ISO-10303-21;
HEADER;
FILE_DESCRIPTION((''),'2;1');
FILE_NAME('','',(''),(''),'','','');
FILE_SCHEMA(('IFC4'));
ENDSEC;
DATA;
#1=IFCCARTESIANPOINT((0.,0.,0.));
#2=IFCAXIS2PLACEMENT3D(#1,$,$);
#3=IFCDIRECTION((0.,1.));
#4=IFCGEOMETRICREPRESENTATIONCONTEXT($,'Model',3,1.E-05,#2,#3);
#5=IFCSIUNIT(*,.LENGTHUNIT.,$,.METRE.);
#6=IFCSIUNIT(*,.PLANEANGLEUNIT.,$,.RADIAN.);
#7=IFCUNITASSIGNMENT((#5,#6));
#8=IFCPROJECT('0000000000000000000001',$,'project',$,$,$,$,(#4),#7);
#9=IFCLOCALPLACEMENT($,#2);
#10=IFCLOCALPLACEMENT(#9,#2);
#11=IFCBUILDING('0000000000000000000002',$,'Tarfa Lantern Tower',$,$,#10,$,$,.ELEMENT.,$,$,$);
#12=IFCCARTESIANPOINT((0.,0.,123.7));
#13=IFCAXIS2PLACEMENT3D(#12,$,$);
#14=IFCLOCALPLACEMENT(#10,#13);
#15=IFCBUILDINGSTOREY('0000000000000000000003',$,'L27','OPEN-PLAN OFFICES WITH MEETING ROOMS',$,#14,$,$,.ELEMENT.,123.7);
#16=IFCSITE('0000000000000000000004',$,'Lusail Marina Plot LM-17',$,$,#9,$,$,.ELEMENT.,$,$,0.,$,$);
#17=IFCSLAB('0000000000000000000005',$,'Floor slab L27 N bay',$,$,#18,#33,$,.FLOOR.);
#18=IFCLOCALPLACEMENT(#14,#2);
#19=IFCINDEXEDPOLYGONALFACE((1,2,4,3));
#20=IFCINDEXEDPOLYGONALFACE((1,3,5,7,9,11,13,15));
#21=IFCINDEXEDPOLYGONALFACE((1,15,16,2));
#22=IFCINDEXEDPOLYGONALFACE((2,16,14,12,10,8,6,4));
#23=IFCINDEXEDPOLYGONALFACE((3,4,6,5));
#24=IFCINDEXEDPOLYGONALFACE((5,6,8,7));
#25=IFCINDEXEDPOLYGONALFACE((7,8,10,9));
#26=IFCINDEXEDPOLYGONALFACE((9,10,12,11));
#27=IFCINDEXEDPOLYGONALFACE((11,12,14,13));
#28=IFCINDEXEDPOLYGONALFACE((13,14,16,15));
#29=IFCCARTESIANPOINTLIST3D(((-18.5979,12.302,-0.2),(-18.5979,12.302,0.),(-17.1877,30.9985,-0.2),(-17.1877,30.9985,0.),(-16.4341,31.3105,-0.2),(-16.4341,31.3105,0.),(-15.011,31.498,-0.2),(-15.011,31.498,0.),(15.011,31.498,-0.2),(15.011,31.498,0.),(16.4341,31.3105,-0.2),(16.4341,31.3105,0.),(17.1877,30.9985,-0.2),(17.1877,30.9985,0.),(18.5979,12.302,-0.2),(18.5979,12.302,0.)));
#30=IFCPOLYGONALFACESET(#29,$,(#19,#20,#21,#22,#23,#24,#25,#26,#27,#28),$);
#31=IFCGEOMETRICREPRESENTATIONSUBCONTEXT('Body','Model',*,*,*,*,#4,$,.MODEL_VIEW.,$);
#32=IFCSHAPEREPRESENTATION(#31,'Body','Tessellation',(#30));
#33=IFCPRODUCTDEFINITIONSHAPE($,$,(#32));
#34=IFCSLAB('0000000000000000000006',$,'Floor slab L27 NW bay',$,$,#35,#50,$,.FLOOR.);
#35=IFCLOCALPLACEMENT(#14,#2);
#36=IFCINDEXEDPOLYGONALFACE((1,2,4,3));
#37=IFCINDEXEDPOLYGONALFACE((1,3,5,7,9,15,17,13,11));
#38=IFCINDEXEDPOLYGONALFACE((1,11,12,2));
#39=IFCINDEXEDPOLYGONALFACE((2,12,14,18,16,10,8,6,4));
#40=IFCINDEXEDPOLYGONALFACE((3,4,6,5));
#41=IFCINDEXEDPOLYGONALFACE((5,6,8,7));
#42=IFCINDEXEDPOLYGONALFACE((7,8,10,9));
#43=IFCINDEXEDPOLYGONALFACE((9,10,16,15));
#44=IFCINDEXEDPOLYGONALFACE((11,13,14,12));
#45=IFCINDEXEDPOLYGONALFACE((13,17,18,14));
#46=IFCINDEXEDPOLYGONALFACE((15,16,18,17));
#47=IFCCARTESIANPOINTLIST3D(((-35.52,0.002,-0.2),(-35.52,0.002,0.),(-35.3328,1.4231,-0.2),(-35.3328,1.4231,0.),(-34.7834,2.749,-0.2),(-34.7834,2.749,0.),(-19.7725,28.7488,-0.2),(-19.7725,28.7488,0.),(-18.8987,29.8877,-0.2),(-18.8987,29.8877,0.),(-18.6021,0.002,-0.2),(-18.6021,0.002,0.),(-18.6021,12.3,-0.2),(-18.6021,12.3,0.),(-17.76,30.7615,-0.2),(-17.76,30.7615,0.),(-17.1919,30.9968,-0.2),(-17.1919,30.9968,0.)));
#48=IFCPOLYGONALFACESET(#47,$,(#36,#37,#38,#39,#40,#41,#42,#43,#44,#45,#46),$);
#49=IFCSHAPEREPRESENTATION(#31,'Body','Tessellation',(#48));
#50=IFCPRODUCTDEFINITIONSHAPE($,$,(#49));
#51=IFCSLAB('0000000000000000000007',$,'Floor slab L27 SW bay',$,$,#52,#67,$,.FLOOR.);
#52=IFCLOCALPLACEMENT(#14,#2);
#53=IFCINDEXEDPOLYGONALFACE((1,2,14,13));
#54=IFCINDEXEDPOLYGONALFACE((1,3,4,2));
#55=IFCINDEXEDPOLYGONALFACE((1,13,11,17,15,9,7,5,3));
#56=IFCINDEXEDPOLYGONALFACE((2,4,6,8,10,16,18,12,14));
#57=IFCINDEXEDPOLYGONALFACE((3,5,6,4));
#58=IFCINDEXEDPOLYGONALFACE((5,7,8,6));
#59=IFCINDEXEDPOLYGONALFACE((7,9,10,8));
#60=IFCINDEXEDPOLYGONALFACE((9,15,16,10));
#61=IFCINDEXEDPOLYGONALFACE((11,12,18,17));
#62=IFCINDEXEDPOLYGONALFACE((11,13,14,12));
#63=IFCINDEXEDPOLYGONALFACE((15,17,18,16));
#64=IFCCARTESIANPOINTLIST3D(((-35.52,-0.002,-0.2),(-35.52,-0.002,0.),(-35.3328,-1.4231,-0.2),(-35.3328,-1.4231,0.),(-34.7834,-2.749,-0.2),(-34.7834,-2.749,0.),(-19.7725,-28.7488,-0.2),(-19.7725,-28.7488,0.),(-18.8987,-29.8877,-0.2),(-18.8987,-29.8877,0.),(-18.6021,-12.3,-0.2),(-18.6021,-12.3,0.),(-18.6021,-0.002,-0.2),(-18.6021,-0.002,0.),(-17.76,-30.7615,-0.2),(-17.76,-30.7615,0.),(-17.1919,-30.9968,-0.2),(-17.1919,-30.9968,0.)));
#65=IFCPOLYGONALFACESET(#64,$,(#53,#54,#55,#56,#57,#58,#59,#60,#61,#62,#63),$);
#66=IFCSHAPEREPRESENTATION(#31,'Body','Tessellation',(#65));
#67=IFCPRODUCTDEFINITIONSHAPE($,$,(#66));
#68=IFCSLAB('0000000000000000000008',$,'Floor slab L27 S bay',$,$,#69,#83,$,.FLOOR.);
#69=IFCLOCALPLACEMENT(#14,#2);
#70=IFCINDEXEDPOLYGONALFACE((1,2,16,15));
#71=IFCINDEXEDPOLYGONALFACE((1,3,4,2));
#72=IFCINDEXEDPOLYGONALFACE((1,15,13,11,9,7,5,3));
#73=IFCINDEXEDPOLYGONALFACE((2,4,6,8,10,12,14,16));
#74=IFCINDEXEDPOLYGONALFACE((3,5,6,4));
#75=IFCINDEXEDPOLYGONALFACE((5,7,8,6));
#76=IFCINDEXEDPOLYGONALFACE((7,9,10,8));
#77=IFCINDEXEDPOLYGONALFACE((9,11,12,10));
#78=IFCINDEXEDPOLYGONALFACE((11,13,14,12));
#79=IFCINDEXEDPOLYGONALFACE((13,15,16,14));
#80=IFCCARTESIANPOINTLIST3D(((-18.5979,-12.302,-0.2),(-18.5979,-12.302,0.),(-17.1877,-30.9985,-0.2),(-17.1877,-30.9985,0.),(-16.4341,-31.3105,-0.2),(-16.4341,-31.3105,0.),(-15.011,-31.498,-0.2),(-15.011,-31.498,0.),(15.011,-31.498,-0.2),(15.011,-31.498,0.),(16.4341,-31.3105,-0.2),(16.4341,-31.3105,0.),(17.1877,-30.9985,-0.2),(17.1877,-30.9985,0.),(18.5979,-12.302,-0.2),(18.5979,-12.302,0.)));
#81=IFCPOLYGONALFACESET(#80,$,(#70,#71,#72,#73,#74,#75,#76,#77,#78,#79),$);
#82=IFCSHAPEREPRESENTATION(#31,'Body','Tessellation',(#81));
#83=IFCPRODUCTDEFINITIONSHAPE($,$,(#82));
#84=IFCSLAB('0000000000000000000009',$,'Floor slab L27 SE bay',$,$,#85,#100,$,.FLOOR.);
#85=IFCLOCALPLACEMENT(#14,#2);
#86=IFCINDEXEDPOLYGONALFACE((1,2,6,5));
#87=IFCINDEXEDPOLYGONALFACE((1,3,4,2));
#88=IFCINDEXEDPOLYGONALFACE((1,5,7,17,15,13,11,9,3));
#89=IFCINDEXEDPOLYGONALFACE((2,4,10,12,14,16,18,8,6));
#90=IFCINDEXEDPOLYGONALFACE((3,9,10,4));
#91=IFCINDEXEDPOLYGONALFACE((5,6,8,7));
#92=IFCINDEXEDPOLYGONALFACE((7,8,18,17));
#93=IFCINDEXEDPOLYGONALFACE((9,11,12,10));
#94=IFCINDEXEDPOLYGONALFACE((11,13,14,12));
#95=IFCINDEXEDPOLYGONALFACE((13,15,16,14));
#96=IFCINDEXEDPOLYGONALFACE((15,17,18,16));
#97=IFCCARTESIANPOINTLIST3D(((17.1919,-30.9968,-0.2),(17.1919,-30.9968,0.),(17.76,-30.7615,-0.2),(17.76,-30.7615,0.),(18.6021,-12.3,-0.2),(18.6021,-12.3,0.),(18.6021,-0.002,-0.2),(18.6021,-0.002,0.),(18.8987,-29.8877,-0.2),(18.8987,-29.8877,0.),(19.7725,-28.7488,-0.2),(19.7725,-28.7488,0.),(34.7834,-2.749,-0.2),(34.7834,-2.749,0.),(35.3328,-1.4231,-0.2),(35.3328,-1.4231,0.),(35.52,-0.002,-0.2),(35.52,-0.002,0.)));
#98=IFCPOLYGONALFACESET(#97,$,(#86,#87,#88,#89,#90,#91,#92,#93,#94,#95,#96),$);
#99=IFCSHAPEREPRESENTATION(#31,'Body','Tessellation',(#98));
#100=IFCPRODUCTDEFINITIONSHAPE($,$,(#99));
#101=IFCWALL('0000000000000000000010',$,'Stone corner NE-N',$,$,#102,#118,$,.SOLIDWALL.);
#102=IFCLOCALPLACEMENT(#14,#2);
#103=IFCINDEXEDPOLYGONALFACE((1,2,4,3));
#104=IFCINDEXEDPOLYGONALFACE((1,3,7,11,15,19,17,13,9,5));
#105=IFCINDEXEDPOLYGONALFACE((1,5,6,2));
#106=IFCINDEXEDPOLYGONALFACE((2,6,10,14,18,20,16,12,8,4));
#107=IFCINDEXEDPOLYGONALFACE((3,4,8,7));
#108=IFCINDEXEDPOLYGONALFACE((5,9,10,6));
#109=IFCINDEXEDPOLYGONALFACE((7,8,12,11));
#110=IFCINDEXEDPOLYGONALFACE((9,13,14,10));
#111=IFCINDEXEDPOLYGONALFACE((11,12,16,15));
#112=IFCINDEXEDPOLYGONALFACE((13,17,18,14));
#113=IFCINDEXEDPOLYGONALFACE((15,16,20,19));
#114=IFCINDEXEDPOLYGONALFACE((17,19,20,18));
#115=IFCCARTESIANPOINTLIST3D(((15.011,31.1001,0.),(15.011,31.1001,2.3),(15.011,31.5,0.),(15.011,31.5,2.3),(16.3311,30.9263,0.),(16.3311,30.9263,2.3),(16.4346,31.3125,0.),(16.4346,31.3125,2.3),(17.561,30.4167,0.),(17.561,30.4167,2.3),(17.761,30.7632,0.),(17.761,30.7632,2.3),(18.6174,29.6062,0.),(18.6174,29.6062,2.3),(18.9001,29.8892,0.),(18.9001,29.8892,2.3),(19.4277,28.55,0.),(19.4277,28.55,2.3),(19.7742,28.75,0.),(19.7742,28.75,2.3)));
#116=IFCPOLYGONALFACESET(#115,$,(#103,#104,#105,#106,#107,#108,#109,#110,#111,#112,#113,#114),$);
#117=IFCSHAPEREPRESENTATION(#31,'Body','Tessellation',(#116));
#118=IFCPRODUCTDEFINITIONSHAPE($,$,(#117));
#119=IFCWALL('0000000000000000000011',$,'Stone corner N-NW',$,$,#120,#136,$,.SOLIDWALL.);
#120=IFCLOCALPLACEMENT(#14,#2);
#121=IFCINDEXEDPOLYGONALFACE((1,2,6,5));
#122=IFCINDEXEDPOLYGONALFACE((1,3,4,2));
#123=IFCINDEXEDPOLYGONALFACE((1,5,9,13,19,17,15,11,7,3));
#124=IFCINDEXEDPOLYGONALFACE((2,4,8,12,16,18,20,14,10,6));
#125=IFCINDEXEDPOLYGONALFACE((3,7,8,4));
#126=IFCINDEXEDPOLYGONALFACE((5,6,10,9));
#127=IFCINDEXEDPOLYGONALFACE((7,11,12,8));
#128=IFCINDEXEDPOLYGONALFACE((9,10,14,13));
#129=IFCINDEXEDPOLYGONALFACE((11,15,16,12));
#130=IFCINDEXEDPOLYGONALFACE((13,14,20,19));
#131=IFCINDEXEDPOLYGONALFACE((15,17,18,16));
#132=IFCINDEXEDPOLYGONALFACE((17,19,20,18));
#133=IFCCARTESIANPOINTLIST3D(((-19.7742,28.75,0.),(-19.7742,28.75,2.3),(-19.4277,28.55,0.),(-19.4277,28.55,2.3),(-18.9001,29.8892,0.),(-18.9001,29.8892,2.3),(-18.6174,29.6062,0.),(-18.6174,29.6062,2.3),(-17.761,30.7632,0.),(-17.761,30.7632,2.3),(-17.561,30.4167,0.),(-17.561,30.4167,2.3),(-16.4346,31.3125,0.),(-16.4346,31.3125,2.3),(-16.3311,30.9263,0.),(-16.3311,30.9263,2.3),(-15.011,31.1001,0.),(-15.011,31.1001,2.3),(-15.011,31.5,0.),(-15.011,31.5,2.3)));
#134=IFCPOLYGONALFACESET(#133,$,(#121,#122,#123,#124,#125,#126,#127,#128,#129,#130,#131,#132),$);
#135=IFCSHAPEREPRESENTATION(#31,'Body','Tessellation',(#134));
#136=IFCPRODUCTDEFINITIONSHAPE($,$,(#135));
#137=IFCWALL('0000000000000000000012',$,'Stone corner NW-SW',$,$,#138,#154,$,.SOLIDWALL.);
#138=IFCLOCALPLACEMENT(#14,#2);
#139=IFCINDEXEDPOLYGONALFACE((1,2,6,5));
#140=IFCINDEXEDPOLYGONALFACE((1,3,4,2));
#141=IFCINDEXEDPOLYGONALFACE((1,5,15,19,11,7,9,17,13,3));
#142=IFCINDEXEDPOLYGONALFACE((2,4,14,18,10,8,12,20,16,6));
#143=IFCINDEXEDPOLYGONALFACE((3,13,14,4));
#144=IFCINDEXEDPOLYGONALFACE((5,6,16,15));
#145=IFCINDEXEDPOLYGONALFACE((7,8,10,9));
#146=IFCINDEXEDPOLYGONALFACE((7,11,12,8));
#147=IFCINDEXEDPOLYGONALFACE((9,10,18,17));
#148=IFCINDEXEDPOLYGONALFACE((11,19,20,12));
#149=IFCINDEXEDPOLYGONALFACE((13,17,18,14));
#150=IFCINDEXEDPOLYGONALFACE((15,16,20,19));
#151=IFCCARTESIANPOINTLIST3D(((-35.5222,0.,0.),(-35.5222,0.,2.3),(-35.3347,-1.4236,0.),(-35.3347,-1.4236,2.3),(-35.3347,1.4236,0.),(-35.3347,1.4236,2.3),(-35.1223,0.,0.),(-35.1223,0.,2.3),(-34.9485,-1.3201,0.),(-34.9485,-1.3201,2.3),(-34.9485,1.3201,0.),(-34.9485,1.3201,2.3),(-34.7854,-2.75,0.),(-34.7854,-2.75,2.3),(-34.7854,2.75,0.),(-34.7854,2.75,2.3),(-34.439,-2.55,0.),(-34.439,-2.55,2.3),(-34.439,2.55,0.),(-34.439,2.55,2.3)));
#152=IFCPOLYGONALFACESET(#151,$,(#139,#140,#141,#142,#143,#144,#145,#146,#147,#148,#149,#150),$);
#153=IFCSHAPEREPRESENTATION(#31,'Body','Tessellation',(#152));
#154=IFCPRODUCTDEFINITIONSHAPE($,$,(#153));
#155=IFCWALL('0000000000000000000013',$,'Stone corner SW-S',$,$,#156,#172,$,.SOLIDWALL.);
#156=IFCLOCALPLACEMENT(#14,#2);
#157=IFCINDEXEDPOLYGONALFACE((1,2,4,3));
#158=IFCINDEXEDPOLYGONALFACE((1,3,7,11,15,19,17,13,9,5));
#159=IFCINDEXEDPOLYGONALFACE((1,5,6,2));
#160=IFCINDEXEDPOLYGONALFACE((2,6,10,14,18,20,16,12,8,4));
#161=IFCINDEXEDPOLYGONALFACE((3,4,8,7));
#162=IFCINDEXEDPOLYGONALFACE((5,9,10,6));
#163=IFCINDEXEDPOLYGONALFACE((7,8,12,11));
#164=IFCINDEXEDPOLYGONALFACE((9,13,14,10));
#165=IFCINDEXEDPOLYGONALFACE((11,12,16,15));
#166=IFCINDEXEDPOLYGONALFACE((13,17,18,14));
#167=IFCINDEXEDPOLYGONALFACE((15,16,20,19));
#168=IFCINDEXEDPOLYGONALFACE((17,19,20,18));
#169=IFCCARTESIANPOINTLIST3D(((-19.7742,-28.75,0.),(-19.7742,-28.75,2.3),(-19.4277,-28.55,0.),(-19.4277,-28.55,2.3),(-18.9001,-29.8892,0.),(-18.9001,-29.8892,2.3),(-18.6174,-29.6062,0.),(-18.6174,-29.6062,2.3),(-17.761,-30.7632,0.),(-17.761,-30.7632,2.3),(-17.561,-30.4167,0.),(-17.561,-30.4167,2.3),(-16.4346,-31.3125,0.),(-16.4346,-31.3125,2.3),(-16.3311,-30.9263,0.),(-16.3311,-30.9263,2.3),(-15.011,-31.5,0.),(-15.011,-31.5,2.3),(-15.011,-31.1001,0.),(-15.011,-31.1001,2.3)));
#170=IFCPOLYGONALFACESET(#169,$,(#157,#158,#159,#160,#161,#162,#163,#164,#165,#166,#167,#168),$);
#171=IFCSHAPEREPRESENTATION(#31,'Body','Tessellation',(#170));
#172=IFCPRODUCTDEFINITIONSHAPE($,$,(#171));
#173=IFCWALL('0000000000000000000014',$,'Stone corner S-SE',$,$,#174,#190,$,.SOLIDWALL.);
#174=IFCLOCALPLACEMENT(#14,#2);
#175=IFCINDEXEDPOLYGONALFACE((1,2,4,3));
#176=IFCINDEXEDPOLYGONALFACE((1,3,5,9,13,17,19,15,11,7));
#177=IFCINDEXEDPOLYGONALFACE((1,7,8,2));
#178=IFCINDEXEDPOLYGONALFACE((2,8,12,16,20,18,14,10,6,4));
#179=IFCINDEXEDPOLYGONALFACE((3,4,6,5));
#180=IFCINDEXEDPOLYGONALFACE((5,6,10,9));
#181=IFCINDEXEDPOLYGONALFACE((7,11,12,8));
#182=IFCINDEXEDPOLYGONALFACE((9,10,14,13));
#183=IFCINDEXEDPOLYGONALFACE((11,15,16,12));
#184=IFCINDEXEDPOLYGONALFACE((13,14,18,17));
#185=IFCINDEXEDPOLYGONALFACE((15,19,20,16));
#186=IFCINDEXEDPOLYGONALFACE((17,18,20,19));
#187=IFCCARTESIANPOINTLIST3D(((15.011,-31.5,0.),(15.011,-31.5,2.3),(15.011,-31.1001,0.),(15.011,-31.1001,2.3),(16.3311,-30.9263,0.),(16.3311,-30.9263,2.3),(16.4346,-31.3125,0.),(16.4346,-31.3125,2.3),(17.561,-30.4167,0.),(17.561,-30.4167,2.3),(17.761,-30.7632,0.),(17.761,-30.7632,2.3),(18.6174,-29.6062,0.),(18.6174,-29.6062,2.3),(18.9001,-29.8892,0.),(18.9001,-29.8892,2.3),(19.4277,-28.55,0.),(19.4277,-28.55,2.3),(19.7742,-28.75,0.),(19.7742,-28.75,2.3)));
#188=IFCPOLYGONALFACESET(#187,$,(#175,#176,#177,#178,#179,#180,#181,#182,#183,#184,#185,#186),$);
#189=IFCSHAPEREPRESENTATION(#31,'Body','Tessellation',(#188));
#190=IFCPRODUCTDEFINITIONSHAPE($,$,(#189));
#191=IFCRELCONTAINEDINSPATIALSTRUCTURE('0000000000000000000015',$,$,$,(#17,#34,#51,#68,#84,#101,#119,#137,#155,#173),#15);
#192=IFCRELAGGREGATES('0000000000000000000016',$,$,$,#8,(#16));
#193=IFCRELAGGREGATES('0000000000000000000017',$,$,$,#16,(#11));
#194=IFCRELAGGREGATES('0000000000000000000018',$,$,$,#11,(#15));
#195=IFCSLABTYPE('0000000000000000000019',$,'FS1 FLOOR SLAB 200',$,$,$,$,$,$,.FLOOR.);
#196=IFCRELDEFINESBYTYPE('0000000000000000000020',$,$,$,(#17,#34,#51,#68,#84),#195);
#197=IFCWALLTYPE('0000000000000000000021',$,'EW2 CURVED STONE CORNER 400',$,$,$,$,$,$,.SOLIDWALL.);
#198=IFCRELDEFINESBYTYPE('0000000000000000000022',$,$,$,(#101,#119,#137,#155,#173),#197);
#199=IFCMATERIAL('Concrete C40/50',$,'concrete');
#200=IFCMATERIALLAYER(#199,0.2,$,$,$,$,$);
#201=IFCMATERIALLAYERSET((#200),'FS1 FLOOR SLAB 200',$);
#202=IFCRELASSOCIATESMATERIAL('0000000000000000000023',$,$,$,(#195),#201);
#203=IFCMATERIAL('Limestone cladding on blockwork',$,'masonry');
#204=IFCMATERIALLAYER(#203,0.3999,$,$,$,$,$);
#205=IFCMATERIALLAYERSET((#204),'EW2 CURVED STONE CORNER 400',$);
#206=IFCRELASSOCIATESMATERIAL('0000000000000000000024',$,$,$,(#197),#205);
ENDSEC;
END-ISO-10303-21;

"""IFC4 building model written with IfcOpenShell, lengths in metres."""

from ifc_helpers import new_model, si_unit, direction, frame, origin, place, context, subcontext, project, spatial, polyline, outline, extrude, material, layer, layer_set, type_object, element, save


model = new_model("IFC4")

# Units and contexts
model_context = context("Model", 3, precision=1e-05, world=origin(), true_north=direction((0.0, 1.0)))
body_context = subcontext(model_context, "Body", "Model", "MODEL_VIEW")
ifc_project = project(units=[si_unit("LENGTHUNIT", "METRE"), si_unit("PLANEANGLEUNIT", "RADIAN")], contexts=[model_context])

# Site, building, storey
site_placement = place(None, origin())
site = spatial("IfcSite", under=ifc_project, at=site_placement, Name="Lusail Marina Plot LM-17", CompositionType="ELEMENT", RefElevation=0.0)
building_placement = place(site_placement, origin())
building = spatial("IfcBuilding", under=site, at=building_placement, Name="Tarfa Lantern Tower", CompositionType="ELEMENT")
storey_placement = place(building_placement, frame((0.0, 0.0, 123.7)))
storey = spatial("IfcBuildingStorey", under=building, at=storey_placement, Name="L27", Description="OPEN-PLAN OFFICES WITH MEETING ROOMS", CompositionType="ELEMENT", Elevation=123.7)

# Slabs
ifc_material_1 = material(Name="Concrete C40/50", Category="concrete")
ifc_layer_1 = layer(ifc_material_1, 0.2)
ifc_layer_set_1 = layer_set([ifc_layer_1], Name="FS1 FLOOR SLAB 200")
slab_type_1 = type_object("IfcSlabType", Name="FS1 FLOOR SLAB 200", PredefinedType="FLOOR", material=ifc_layer_set_1)
slab_1_placement = place(storey_placement, frame((0.0, 0.0, -0.2)))
element("IfcSlab", 1, at=slab_1_placement, inside=storey, type_object=slab_type_1, Name="Floor slab L27 N bay", PredefinedType="FLOOR", context=body_context, shape_type="SweptSolid", body=[
    extrude(outline(polyline([(-18.5979, 12.302), (18.5979, 12.302), (17.1877, 30.9985), (16.4341, 31.3105), (15.011, 31.498), (-15.011, 31.498), (-16.4341, 31.3105), (-17.1877, 30.9985), (-18.5979, 12.302)])), origin(), (0.0, 0.0, 1.0), 0.2),
])
slab_2_placement = place(storey_placement, frame((0.0, 0.0, -0.2)))
element("IfcSlab", 2, at=slab_2_placement, inside=storey, type_object=slab_type_1, Name="Floor slab L27 NW bay", PredefinedType="FLOOR", context=body_context, shape_type="SweptSolid", body=[
    extrude(outline(polyline([(-18.6021, 0.002), (-18.6021, 12.3), (-17.1919, 30.9968), (-17.76, 30.7615), (-18.8987, 29.8877), (-19.7725, 28.7488), (-34.7834, 2.749), (-35.3328, 1.4231), (-35.52, 0.002), (-18.6021, 0.002)])), origin(), (0.0, 0.0, 1.0), 0.2),
])
slab_3_placement = place(storey_placement, frame((0.0, 0.0, -0.2)))
element("IfcSlab", 3, at=slab_3_placement, inside=storey, type_object=slab_type_1, Name="Floor slab L27 SW bay", PredefinedType="FLOOR", context=body_context, shape_type="SweptSolid", body=[
    extrude(outline(polyline([(-18.6021, -12.3), (-18.6021, -0.002), (-35.52, -0.002), (-35.3328, -1.4231), (-34.7834, -2.749), (-19.7725, -28.7488), (-18.8987, -29.8877), (-17.76, -30.7615), (-17.1919, -30.9968), (-18.6021, -12.3)])), origin(), (0.0, 0.0, 1.0), 0.2),
])
slab_4_placement = place(storey_placement, frame((0.0, 0.0, -0.2)))
element("IfcSlab", 4, at=slab_4_placement, inside=storey, type_object=slab_type_1, Name="Floor slab L27 S bay", PredefinedType="FLOOR", context=body_context, shape_type="SweptSolid", body=[
    extrude(outline(polyline([(18.5979, -12.302), (-18.5979, -12.302), (-17.1877, -30.9985), (-16.4341, -31.3105), (-15.011, -31.498), (15.011, -31.498), (16.4341, -31.3105), (17.1877, -30.9985), (18.5979, -12.302)])), origin(), (0.0, 0.0, 1.0), 0.2),
])
slab_5_placement = place(storey_placement, frame((0.0, 0.0, -0.2)))
element("IfcSlab", 5, at=slab_5_placement, inside=storey, type_object=slab_type_1, Name="Floor slab L27 SE bay", PredefinedType="FLOOR", context=body_context, shape_type="SweptSolid", body=[
    extrude(outline(polyline([(18.6021, -0.002), (18.6021, -12.3), (17.1919, -30.9968), (17.76, -30.7615), (18.8987, -29.8877), (19.7725, -28.7488), (34.7834, -2.749), (35.3328, -1.4231), (35.52, -0.002), (18.6021, -0.002)])), origin(), (0.0, 0.0, 1.0), 0.2),
])

# Walls
ifc_material_2 = material(Name="Limestone cladding on blockwork", Category="masonry")
ifc_layer_2 = layer(ifc_material_2, 0.3999)
ifc_layer_set_2 = layer_set([ifc_layer_2], Name="EW2 CURVED STONE CORNER 400")
wall_type_1 = type_object("IfcWallType", Name="EW2 CURVED STONE CORNER 400", PredefinedType="SOLIDWALL", material=ifc_layer_set_2)
wall_1_placement = place(storey_placement, origin())
element("IfcWall", 6, at=wall_1_placement, inside=storey, type_object=wall_type_1, Name="Stone corner NE-N", PredefinedType="SOLIDWALL", context=body_context, shape_type="SweptSolid", body=[
    extrude(outline(polyline([(19.7742, 28.75), (18.9001, 29.8892), (17.761, 30.7632), (16.4346, 31.3125), (15.011, 31.5), (15.011, 31.1001), (16.3311, 30.9263), (17.561, 30.4167), (18.6174, 29.6062), (19.4277, 28.55), (19.7742, 28.75)])), origin(), (0.0, 0.0, 1.0), 2.3),
])
wall_2_placement = place(storey_placement, origin())
element("IfcWall", 7, at=wall_2_placement, inside=storey, type_object=wall_type_1, Name="Stone corner N-NW", PredefinedType="SOLIDWALL", context=body_context, shape_type="SweptSolid", body=[
    extrude(outline(polyline([(-15.011, 31.5), (-16.4346, 31.3125), (-17.761, 30.7632), (-18.9001, 29.8892), (-19.7742, 28.75), (-19.4277, 28.55), (-18.6174, 29.6062), (-17.561, 30.4167), (-16.3311, 30.9263), (-15.011, 31.1001), (-15.011, 31.5)])), origin(), (0.0, 0.0, 1.0), 2.3),
])
wall_3_placement = place(storey_placement, origin())
element("IfcWall", 8, at=wall_3_placement, inside=storey, type_object=wall_type_1, Name="Stone corner NW-SW", PredefinedType="SOLIDWALL", context=body_context, shape_type="SweptSolid", body=[
    extrude(outline(polyline([(-34.7854, 2.75), (-35.3347, 1.4236), (-35.5222, 0.0), (-35.3347, -1.4236), (-34.7854, -2.75), (-34.439, -2.55), (-34.9485, -1.3201), (-35.1223, 0.0), (-34.9485, 1.3201), (-34.439, 2.55), (-34.7854, 2.75)])), origin(), (0.0, 0.0, 1.0), 2.3),
])
wall_4_placement = place(storey_placement, origin())
element("IfcWall", 9, at=wall_4_placement, inside=storey, type_object=wall_type_1, Name="Stone corner SW-S", PredefinedType="SOLIDWALL", context=body_context, shape_type="SweptSolid", body=[
    extrude(outline(polyline([(-19.7742, -28.75), (-18.9001, -29.8892), (-17.761, -30.7632), (-16.4346, -31.3125), (-15.011, -31.5), (-15.011, -31.1001), (-16.3311, -30.9263), (-17.561, -30.4167), (-18.6174, -29.6062), (-19.4277, -28.55), (-19.7742, -28.75)])), origin(), (0.0, 0.0, 1.0), 2.3),
])
wall_5_placement = place(storey_placement, origin())
element("IfcWall", 10, at=wall_5_placement, inside=storey, type_object=wall_type_1, Name="Stone corner S-SE", PredefinedType="SOLIDWALL", context=body_context, shape_type="SweptSolid", body=[
    extrude(outline(polyline([(15.011, -31.5), (16.4346, -31.3125), (17.761, -30.7632), (18.9001, -29.8892), (19.7742, -28.75), (19.4277, -28.55), (18.6174, -29.6062), (17.561, -30.4167), (16.3311, -30.9263), (15.011, -31.1001), (15.011, -31.5)])), origin(), (0.0, 0.0, 1.0), 2.3),
])

save(model, "model.ifc")
